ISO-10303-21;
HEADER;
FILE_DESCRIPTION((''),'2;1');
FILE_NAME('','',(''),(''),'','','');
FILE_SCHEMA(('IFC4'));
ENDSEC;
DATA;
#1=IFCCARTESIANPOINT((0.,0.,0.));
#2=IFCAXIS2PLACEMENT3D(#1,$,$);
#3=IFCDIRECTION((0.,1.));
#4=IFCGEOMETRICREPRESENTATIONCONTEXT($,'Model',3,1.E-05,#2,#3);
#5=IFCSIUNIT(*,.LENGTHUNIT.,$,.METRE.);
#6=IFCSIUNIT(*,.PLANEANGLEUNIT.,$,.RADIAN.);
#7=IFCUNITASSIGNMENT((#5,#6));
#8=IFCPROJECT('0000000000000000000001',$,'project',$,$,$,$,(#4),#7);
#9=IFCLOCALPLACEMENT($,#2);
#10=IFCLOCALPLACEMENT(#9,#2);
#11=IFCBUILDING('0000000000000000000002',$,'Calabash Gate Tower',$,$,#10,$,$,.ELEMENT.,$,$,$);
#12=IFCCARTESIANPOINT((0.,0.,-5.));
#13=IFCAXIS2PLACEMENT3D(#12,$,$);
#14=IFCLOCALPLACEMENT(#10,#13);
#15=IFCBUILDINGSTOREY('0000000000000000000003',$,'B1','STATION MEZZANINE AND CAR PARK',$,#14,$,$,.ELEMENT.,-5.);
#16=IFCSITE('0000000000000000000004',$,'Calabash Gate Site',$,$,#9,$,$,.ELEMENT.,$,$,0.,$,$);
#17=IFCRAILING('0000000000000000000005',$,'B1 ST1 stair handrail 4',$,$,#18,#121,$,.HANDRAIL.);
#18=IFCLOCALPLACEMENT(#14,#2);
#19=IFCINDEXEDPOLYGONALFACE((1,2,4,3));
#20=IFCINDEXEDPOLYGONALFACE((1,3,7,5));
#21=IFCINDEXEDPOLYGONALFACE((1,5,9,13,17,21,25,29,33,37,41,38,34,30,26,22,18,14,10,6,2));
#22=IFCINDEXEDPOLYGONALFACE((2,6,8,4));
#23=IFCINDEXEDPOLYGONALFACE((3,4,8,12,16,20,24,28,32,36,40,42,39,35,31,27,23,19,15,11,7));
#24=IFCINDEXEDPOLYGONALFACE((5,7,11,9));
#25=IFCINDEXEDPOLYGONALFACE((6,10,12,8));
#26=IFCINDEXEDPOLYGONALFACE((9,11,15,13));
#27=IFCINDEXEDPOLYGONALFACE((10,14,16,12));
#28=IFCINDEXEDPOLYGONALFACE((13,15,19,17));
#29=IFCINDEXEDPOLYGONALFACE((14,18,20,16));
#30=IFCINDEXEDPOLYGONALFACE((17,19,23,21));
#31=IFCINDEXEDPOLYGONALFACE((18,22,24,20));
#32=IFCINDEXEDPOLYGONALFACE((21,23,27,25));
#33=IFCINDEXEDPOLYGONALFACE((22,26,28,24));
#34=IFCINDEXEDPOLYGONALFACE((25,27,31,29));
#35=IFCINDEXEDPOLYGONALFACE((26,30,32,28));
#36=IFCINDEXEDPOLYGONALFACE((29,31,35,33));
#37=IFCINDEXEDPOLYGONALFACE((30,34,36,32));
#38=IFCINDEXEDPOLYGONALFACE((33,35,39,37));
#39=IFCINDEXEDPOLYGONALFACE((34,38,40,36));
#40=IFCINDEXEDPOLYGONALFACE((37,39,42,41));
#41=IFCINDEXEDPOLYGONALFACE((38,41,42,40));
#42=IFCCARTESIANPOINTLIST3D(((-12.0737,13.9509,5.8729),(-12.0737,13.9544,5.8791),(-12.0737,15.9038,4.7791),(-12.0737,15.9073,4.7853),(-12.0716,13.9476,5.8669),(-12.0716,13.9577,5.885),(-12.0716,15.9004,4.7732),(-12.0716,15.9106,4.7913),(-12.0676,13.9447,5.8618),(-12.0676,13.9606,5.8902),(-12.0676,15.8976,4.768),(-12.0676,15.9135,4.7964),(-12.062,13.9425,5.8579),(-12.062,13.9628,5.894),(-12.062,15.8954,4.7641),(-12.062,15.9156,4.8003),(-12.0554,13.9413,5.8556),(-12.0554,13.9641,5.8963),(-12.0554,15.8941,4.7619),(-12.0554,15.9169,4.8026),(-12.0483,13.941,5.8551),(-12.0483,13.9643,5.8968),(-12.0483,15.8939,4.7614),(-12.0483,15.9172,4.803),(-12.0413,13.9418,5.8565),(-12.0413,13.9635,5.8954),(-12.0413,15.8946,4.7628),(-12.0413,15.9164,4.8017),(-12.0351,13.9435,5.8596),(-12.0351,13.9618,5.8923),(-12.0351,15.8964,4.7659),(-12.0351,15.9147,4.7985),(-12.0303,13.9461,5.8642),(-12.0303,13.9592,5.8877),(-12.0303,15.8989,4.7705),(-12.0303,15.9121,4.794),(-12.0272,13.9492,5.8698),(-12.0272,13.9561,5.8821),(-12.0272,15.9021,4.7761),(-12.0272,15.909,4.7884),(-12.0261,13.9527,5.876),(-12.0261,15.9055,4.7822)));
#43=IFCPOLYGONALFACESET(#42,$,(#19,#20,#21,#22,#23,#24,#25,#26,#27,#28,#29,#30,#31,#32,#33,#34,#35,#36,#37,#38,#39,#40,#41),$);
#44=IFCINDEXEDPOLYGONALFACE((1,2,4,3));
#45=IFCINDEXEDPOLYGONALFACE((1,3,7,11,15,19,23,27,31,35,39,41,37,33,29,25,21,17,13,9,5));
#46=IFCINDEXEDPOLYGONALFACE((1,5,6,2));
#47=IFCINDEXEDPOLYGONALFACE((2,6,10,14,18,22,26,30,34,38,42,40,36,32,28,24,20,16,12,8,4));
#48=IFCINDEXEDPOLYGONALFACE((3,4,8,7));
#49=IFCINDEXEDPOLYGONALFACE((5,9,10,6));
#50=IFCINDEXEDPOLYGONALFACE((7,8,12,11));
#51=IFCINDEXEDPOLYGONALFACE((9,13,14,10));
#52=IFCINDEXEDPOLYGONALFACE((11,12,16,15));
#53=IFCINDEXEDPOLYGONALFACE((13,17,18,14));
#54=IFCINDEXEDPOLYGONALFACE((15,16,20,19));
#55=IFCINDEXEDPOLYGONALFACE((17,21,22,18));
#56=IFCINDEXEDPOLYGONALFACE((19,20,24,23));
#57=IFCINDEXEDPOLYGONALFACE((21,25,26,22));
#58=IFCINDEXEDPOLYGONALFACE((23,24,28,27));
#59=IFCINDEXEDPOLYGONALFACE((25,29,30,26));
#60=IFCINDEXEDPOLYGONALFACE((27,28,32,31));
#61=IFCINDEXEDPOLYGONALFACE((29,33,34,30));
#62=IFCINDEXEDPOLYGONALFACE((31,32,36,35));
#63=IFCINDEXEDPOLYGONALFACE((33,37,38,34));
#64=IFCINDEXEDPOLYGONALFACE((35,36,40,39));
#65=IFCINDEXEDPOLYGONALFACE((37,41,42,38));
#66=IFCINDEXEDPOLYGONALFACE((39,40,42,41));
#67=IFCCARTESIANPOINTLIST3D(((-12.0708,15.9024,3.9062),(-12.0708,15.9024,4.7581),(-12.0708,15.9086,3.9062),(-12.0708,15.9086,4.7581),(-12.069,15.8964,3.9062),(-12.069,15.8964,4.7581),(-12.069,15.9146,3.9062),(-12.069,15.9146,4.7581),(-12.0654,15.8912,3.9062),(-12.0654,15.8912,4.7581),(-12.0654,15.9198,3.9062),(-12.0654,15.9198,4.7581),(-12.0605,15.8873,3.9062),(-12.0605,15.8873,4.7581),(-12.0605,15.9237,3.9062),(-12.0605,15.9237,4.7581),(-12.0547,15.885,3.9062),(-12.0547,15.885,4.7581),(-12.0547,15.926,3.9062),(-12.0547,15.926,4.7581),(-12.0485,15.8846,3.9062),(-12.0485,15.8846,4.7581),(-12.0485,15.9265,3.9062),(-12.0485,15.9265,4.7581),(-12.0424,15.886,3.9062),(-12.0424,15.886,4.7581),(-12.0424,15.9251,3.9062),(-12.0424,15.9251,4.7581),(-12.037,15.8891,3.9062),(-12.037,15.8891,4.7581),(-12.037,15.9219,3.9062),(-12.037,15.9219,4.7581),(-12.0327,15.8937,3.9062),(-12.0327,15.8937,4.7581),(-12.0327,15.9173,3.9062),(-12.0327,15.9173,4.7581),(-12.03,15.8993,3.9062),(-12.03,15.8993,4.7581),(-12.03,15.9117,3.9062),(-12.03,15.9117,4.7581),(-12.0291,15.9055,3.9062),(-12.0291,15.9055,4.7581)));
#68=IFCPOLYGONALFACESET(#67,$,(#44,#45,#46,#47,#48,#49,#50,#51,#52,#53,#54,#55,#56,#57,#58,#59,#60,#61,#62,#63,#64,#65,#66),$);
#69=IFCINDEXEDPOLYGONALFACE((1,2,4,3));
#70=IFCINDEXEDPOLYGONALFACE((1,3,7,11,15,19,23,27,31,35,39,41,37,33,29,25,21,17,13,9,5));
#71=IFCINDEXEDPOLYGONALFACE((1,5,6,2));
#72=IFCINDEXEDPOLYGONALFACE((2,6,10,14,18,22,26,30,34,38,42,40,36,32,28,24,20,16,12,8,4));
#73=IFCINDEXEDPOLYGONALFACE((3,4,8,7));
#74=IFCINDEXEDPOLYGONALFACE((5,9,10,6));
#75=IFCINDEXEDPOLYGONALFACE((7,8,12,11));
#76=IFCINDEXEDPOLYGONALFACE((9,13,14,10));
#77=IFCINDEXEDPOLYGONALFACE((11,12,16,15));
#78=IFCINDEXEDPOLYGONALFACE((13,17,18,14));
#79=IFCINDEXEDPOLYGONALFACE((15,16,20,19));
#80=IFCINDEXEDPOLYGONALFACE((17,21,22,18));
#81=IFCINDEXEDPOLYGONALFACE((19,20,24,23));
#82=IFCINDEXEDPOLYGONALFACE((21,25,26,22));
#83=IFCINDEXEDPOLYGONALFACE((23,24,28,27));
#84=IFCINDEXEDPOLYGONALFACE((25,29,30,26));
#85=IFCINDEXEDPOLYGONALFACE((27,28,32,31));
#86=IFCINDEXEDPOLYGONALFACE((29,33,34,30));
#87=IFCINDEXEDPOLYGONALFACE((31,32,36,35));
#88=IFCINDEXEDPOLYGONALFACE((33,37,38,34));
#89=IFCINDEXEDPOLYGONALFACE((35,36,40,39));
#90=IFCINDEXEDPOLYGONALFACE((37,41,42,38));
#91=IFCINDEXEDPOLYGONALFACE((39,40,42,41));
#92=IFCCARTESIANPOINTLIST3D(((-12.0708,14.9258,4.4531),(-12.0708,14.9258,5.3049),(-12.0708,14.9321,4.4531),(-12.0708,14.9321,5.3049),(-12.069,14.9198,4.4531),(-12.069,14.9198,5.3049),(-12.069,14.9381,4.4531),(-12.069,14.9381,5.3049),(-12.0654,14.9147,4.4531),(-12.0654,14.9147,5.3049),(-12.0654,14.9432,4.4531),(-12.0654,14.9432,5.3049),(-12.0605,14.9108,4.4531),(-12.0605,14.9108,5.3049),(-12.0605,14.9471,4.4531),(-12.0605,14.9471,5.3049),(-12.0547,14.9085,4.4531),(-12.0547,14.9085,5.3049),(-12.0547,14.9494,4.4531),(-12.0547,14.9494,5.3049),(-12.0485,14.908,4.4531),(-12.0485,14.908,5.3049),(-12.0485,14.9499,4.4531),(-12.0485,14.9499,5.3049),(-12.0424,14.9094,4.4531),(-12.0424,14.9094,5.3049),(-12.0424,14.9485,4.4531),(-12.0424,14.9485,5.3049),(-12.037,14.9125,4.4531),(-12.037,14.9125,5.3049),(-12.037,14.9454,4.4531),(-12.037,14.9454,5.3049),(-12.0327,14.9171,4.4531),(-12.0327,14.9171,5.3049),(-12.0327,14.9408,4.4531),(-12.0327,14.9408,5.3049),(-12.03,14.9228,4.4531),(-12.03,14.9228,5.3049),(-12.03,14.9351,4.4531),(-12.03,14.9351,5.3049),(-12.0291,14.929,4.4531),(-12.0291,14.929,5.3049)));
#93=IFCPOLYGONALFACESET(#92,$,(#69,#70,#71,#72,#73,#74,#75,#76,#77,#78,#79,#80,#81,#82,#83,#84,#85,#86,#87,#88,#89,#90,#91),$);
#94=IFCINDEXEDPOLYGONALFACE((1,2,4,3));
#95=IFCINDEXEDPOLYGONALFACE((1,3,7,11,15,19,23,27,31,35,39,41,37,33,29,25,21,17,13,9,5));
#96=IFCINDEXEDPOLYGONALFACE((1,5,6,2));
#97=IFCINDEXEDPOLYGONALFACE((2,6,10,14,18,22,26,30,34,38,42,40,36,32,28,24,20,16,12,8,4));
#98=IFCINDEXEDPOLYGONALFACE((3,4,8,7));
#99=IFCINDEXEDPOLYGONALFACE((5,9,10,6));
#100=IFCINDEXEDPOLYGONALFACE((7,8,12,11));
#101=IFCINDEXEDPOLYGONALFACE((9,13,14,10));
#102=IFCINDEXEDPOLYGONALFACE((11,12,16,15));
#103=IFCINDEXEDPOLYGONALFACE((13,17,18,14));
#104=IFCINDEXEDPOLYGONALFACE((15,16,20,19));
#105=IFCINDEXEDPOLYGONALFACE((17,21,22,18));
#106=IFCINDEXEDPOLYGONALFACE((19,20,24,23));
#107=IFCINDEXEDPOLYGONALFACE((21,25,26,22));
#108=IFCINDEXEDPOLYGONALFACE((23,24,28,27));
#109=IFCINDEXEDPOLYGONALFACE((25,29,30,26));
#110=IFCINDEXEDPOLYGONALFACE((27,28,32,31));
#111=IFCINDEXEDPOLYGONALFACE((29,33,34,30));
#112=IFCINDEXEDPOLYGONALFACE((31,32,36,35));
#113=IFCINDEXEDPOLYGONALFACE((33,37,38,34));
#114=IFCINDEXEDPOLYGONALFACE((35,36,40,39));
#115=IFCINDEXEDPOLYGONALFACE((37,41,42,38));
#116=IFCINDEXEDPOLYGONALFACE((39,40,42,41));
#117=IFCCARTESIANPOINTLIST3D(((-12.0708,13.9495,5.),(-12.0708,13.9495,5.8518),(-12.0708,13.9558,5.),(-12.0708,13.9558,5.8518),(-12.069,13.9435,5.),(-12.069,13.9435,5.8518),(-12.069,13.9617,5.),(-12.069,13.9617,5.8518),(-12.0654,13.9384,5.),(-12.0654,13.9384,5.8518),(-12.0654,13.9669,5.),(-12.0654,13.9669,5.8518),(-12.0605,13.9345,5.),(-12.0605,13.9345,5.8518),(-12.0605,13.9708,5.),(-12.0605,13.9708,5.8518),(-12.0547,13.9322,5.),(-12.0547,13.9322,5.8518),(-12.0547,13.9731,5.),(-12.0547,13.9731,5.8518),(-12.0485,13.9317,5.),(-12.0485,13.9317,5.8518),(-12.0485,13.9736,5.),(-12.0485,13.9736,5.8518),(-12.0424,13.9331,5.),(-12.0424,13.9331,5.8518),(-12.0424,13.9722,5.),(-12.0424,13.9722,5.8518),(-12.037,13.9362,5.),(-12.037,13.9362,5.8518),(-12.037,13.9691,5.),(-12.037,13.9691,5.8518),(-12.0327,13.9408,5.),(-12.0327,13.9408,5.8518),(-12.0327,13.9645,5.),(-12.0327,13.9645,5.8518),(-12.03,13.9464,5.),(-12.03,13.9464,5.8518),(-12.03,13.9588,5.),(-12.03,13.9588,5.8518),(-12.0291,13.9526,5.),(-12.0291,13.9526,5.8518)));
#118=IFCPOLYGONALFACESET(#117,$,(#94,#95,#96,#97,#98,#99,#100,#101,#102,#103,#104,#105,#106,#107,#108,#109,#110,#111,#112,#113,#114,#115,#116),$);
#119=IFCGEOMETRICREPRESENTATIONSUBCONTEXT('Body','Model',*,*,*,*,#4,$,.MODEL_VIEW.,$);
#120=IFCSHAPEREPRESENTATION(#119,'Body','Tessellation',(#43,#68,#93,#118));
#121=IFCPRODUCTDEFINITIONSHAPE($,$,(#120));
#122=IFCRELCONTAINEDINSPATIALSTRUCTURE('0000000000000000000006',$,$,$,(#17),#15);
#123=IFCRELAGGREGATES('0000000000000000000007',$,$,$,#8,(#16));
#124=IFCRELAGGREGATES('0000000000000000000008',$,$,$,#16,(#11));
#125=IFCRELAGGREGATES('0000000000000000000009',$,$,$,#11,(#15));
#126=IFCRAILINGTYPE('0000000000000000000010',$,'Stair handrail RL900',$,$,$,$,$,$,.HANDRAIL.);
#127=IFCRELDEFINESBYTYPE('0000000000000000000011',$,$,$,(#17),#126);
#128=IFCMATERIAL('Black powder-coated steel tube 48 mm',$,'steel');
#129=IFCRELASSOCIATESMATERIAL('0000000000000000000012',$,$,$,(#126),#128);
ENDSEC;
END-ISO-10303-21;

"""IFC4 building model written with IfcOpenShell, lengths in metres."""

from ifc_helpers import new_model, si_unit, direction, frame, origin, origin_2d, place, context, subcontext, project, spatial, circle, extrude, material, type_object, element, save


model = new_model("IFC4")

# Units and contexts
model_context = context("Model", 3, precision=1e-05, world=origin(), true_north=direction((0.0, 1.0)))
body_context = subcontext(model_context, "Body", "Model", "MODEL_VIEW")
ifc_project = project(units=[si_unit("LENGTHUNIT", "METRE"), si_unit("PLANEANGLEUNIT", "RADIAN")], contexts=[model_context])

# Site, building, storey
site_placement = place(None, origin())
site = spatial("IfcSite", under=ifc_project, at=site_placement, Name="Calabash Gate Site", CompositionType="ELEMENT", RefElevation=0.0)
building_placement = place(site_placement, origin())
building = spatial("IfcBuilding", under=site, at=building_placement, Name="Calabash Gate Tower", CompositionType="ELEMENT")
storey_placement = place(building_placement, frame((0.0, 0.0, -5.0)))
storey = spatial("IfcBuildingStorey", under=building, at=storey_placement, Name="B1", Description="STATION MEZZANINE AND CAR PARK", CompositionType="ELEMENT", Elevation=-5.0)

# Railing
ifc_material_1 = material(Name="Black powder-coated steel tube 48 mm", Category="steel")
railing_type_1 = type_object("IfcRailingType", Name="Stair handrail RL900", PredefinedType="HANDRAIL", material=ifc_material_1)
railing_1_placement = place(storey_placement, frame((-12.05, 15.9055, 3.9062)))
element("IfcRailing", 1, at=railing_1_placement, inside=storey, type_object=railing_type_1, Name="B1 ST1 stair handrail 4", PredefinedType="HANDRAIL", context=body_context, shape_type="SweptSolid", body=[
    extrude(circle(Radius=0.0239, at=origin_2d()), frame((0.0, 0.0, 0.876), z_axis=(0.0, -0.87248, 0.48865), x_axis=(1.0, 0.0, 0.0)), (0.0, 0.0, 1.0), 2.2383),
    extrude(circle(Radius=0.021, at=origin_2d()), origin(), (0.0, 0.0, 1.0), 0.8518),
    extrude(circle(Radius=0.021, at=origin_2d()), frame((0.0, -0.9766, 0.5469)), (0.0, 0.0, 1.0), 0.8518),
    extrude(circle(Radius=0.021, at=origin_2d()), frame((0.0, -1.9529, 1.0938)), (0.0, 0.0, 1.0), 0.8518),
])

save(model, "model.ifc")
